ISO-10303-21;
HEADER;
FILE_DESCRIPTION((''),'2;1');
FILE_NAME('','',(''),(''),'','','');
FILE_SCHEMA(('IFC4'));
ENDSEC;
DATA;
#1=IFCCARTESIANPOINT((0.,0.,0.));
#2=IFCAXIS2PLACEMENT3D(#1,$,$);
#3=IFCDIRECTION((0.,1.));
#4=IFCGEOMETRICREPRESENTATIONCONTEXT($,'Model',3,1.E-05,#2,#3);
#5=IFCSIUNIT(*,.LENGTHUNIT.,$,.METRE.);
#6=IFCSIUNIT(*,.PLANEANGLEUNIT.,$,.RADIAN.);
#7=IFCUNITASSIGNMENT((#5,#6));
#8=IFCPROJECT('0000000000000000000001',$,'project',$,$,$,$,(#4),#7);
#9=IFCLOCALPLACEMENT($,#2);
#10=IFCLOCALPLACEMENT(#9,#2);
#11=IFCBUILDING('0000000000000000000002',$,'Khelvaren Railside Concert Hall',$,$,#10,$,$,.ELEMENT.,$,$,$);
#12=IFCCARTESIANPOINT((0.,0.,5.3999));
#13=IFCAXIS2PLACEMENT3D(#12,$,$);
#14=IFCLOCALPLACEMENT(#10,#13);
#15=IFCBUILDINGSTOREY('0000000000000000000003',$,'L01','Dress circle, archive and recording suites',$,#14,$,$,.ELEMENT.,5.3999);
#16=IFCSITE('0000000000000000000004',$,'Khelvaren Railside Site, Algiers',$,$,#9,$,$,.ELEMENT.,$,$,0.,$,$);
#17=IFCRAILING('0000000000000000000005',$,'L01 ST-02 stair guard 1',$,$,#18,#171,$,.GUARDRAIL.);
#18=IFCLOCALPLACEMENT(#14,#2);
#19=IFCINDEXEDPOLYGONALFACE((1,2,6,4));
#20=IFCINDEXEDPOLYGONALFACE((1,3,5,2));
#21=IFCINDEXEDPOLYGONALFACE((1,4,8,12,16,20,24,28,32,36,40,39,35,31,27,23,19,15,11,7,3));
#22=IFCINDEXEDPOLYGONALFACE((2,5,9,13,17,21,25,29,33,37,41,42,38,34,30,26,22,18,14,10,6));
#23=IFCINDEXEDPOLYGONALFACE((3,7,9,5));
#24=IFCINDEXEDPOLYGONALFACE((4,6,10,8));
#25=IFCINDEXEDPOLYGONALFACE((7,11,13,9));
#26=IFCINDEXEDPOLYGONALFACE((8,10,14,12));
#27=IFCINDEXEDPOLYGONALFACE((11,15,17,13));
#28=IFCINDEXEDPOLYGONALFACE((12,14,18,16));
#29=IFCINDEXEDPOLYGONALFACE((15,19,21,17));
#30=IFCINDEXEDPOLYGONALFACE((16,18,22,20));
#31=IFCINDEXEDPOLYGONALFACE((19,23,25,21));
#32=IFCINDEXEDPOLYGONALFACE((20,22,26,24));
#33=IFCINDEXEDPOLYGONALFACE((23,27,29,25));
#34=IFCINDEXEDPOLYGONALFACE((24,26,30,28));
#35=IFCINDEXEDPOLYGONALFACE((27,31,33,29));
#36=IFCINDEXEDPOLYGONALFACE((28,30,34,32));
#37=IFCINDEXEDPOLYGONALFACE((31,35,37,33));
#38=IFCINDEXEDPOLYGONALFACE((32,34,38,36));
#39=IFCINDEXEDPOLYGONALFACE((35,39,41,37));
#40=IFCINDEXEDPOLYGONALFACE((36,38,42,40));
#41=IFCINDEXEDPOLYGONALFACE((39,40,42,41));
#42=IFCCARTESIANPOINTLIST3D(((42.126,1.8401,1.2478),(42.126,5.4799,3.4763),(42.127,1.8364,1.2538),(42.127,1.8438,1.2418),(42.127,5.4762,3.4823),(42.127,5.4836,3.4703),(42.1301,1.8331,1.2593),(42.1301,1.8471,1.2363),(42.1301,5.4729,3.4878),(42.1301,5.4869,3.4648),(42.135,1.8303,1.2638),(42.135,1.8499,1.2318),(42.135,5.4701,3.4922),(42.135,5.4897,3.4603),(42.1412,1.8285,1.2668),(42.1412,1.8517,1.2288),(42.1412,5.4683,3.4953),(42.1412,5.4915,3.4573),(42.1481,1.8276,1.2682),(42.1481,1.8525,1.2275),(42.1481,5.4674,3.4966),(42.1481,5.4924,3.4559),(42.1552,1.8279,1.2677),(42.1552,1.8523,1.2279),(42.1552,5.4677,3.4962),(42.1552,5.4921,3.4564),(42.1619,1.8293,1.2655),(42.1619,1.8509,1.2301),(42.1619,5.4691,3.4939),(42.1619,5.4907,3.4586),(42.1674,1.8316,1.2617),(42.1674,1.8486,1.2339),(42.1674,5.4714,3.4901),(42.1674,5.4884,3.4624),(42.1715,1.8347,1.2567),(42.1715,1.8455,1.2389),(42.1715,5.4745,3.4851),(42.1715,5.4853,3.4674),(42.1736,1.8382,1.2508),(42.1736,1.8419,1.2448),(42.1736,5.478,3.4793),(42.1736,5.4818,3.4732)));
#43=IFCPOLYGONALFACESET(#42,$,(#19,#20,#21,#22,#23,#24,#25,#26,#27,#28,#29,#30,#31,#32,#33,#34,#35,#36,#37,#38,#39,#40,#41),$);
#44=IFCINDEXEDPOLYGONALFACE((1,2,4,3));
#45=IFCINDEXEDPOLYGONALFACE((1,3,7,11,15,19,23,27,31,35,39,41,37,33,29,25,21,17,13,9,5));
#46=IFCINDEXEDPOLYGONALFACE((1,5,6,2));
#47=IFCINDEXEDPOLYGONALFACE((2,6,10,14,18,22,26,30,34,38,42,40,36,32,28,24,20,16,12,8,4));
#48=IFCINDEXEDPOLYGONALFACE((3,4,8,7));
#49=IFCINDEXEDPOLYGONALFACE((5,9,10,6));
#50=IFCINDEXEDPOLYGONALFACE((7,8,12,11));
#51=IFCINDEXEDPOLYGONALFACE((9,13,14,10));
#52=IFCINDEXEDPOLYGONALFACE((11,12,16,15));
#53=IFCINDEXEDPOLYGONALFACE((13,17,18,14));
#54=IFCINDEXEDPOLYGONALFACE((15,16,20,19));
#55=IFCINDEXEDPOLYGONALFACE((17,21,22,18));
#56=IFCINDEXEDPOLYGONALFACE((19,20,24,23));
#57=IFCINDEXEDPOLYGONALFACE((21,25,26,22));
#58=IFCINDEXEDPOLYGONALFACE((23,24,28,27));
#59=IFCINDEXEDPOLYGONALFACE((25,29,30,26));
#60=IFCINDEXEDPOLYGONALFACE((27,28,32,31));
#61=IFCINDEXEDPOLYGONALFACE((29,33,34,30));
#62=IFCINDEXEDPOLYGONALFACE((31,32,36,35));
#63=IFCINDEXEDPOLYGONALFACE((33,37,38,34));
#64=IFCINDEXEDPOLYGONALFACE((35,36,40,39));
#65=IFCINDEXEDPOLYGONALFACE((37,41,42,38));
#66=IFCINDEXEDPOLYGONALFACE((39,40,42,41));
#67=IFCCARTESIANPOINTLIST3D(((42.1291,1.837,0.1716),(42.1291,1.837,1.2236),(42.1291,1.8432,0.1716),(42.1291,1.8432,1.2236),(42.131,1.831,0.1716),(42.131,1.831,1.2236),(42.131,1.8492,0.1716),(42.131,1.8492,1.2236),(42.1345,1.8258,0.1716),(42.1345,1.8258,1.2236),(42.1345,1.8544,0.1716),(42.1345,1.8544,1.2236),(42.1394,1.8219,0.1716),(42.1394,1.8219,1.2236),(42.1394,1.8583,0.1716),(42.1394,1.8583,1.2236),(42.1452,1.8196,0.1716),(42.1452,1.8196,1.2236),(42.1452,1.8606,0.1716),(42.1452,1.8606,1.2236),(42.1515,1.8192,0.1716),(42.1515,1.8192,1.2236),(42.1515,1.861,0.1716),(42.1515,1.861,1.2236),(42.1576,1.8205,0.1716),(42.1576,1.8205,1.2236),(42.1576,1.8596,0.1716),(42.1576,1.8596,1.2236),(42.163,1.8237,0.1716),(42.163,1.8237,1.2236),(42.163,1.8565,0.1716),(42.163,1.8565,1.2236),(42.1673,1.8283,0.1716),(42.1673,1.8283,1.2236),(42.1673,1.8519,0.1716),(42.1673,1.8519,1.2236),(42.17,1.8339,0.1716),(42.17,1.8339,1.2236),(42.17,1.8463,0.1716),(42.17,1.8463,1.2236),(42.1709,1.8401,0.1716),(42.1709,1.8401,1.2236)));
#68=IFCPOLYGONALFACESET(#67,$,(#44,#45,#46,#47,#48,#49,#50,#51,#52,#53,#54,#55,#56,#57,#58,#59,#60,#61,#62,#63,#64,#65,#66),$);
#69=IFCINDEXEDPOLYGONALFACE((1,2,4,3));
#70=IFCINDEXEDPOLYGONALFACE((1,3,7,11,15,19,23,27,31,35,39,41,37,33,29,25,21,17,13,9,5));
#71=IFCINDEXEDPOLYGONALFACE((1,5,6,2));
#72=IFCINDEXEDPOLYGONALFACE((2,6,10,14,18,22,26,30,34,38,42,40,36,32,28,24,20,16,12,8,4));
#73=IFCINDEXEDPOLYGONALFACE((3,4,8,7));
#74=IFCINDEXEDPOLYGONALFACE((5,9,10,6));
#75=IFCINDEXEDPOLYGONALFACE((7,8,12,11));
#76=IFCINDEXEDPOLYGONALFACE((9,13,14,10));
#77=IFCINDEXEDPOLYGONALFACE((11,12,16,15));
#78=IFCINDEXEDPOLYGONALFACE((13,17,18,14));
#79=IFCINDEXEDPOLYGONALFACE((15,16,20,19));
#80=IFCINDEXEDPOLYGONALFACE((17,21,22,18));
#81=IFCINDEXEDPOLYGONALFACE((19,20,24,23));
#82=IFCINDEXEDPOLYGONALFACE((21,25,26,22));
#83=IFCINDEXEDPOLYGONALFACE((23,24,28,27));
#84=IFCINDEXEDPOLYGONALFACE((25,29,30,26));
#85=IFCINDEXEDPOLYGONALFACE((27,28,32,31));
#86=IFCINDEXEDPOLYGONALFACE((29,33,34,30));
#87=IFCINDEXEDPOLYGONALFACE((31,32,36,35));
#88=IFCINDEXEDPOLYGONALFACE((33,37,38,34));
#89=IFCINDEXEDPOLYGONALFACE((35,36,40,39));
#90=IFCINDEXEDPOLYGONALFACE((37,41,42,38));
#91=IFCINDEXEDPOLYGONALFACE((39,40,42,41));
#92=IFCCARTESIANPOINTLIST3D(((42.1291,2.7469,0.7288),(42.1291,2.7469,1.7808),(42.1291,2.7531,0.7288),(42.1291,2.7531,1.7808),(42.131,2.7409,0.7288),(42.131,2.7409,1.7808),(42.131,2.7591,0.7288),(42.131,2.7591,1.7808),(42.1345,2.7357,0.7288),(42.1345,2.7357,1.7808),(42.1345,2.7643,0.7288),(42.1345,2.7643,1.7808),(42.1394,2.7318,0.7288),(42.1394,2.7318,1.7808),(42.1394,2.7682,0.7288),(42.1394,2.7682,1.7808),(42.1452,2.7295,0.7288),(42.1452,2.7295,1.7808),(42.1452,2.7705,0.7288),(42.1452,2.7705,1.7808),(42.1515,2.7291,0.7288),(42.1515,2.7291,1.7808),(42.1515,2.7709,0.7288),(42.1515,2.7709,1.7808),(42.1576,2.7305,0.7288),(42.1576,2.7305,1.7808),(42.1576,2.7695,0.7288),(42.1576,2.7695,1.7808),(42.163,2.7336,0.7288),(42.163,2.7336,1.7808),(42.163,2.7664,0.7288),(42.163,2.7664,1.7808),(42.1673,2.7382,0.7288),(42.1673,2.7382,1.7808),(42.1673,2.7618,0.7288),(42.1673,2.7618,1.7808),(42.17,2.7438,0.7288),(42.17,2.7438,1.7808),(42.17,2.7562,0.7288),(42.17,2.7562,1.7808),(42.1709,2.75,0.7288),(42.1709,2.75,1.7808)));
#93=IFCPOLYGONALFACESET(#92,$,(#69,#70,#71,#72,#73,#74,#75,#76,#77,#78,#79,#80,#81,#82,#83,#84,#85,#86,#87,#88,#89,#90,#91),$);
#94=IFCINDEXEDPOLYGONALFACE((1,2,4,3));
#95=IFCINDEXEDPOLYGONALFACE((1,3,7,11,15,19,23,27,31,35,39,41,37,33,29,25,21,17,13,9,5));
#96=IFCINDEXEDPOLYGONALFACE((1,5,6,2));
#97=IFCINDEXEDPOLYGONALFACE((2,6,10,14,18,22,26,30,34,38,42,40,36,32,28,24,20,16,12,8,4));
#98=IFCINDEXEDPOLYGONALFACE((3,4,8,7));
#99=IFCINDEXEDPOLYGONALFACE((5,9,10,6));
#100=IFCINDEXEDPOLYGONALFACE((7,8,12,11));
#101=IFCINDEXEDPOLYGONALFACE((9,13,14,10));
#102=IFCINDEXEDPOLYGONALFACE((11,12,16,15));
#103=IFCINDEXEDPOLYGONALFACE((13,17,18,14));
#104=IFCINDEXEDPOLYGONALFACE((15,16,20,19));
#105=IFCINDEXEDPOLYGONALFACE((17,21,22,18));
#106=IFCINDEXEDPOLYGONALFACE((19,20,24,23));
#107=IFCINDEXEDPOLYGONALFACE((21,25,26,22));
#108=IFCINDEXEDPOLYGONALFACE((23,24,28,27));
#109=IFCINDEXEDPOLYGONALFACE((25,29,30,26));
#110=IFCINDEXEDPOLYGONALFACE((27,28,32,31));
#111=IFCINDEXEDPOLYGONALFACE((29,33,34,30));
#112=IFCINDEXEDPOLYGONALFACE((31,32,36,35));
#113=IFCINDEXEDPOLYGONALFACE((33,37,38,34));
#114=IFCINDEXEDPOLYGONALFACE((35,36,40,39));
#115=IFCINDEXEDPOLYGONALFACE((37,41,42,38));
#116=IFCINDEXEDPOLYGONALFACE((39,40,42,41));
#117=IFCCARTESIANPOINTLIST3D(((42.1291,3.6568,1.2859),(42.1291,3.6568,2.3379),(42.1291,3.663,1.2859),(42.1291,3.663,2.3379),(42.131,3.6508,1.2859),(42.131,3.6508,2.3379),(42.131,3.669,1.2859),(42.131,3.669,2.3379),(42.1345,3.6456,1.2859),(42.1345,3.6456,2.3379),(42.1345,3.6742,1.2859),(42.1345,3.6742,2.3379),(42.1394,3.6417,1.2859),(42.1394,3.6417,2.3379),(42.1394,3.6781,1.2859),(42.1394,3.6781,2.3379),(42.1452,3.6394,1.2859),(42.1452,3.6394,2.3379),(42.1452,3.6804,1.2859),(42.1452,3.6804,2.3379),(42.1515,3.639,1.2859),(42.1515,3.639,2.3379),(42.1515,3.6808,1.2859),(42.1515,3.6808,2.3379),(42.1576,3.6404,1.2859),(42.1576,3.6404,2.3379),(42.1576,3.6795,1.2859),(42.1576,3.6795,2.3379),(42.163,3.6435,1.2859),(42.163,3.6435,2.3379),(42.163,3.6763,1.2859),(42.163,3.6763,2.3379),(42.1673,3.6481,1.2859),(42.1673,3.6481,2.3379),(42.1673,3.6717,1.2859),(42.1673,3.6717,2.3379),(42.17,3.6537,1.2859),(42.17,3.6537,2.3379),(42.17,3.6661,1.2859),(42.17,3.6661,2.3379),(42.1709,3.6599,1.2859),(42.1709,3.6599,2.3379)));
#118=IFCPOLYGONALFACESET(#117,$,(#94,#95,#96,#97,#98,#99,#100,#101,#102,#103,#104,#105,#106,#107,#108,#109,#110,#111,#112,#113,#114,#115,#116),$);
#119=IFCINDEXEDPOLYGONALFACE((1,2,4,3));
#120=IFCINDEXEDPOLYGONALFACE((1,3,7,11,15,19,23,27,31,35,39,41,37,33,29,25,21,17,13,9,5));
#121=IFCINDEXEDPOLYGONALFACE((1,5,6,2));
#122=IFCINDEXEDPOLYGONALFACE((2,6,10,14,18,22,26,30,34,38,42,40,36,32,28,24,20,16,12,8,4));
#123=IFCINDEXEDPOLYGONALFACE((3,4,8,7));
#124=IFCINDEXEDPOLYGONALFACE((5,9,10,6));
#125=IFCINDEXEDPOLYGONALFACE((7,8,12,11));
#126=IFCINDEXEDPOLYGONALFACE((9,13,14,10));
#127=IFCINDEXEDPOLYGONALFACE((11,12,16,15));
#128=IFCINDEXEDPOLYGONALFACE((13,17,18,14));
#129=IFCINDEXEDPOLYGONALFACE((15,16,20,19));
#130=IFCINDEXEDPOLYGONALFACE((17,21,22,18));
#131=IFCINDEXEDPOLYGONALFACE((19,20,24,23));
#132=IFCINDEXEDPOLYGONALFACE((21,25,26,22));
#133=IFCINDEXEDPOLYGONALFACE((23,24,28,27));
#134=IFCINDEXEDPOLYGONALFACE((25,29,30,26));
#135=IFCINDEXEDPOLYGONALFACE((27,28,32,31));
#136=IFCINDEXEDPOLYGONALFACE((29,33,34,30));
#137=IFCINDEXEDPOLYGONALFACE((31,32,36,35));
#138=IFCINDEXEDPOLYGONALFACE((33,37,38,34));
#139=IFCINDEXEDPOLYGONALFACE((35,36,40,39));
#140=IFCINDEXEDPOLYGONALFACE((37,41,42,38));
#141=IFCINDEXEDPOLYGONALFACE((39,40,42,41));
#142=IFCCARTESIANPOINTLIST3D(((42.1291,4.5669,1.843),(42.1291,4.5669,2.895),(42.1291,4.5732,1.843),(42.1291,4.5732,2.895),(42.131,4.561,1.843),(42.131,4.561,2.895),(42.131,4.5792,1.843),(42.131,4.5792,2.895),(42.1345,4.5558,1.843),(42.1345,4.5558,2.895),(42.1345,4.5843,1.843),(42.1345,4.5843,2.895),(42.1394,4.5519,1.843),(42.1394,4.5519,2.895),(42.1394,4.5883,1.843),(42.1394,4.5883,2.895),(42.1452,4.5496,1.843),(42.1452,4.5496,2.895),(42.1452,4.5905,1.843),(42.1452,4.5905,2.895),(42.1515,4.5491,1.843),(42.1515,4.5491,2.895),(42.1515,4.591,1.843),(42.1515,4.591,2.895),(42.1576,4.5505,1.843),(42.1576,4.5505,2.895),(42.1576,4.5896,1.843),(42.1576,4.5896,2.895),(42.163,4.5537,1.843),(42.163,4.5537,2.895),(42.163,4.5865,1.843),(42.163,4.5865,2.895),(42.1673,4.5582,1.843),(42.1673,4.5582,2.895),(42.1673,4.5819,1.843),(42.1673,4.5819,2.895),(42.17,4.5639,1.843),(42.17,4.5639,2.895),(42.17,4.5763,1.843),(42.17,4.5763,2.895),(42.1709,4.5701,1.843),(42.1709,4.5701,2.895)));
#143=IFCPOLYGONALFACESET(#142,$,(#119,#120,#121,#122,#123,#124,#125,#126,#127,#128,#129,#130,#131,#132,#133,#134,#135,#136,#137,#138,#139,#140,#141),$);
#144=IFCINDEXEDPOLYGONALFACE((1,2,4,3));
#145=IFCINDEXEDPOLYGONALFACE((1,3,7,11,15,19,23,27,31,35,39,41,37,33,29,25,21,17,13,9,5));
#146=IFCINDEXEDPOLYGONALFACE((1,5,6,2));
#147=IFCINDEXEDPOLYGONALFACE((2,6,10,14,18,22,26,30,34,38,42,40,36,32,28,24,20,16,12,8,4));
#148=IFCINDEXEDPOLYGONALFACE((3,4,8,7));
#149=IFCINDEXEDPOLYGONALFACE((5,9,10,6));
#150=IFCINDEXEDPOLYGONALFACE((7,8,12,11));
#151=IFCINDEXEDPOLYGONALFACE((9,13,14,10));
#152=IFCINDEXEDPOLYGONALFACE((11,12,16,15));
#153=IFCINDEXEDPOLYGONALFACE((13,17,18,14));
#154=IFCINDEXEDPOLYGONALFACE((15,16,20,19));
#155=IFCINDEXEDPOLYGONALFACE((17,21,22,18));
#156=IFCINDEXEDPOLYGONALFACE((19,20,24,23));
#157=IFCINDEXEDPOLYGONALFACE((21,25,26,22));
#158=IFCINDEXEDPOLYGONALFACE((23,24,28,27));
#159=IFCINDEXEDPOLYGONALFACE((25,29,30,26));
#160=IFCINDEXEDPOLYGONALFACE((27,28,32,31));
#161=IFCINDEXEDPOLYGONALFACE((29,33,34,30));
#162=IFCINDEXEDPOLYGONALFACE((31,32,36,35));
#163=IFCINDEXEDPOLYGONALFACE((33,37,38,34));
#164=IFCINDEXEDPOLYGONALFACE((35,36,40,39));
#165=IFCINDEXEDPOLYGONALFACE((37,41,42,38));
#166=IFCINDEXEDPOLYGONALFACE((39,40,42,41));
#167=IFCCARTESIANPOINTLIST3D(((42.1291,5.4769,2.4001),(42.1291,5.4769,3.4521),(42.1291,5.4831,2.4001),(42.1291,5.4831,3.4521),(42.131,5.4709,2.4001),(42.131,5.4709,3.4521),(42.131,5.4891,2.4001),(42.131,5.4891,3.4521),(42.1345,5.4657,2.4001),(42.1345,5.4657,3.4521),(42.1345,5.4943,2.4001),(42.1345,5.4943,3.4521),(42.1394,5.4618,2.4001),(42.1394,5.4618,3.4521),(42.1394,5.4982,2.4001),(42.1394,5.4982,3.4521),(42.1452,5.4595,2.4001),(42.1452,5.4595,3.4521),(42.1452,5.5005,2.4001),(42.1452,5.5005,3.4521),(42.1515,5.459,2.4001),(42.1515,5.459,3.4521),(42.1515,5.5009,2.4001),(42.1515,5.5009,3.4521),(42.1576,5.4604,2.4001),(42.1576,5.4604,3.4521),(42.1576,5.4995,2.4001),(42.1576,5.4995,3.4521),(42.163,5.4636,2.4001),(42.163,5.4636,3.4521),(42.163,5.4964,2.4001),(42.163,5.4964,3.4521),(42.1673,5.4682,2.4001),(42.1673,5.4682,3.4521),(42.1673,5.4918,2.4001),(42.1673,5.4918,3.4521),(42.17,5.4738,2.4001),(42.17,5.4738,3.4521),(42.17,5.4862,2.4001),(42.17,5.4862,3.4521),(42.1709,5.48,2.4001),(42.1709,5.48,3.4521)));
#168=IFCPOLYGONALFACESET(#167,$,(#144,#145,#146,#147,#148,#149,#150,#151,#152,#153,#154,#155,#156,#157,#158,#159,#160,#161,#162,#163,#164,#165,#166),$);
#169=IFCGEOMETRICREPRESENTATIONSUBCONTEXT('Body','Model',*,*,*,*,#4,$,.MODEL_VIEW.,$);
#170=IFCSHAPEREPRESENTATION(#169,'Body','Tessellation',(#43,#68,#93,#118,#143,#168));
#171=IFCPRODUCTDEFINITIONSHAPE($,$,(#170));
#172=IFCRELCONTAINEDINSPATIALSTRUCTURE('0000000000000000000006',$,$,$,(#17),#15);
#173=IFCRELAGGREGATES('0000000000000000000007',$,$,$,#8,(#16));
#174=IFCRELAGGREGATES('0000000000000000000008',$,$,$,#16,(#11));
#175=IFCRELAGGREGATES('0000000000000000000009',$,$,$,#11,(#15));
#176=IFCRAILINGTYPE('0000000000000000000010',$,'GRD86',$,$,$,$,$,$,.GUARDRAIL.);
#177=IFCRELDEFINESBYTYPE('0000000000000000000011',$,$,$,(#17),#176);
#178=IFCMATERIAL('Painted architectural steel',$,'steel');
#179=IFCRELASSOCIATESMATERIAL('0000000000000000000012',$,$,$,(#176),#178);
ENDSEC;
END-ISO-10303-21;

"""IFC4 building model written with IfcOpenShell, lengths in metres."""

from ifc_helpers import new_model, si_unit, direction, frame, origin, origin_2d, place, context, subcontext, project, spatial, circle, extrude, material, type_object, element, save


model = new_model("IFC4")

# Units and contexts
model_context = context("Model", 3, precision=1e-05, world=origin(), true_north=direction((0.0, 1.0)))
body_context = subcontext(model_context, "Body", "Model", "MODEL_VIEW")
ifc_project = project(units=[si_unit("LENGTHUNIT", "METRE"), si_unit("PLANEANGLEUNIT", "RADIAN")], contexts=[model_context])

# Site, building, storey
site_placement = place(None, origin())
site = spatial("IfcSite", under=ifc_project, at=site_placement, Name="Khelvaren Railside Site, Algiers", CompositionType="ELEMENT", RefElevation=0.0)
building_placement = place(site_placement, origin())
building = spatial("IfcBuilding", under=site, at=building_placement, Name="Khelvaren Railside Concert Hall", CompositionType="ELEMENT")
storey_placement = place(building_placement, frame((0.0, 0.0, 5.3999)))
storey = spatial("IfcBuildingStorey", under=building, at=storey_placement, Name="L01", Description="Dress circle, archive and recording suites", CompositionType="ELEMENT", Elevation=5.3999)

# Railing
ifc_material_1 = material(Name="Painted architectural steel", Category="steel")
railing_type_1 = type_object("IfcRailingType", Name="GRD86", PredefinedType="GUARDRAIL", material=ifc_material_1)
railing_1_placement = place(storey_placement, frame((42.1499, 1.8401, 0.1716)))
element("IfcRailing", 1, at=railing_1_placement, inside=storey, type_object=railing_type_1, Name="L01 ST-02 stair guard 1", PredefinedType="GUARDRAIL", context=body_context, shape_type="SweptSolid", body=[
    extrude(circle(Radius=0.0239, at=origin_2d()), frame((0.0, 0.0, 1.0762), z_axis=(0.0, 0.85285, 0.522156), x_axis=(-1.0, 0.0, 0.0)), (0.0, 0.0, 1.0), 4.2678),
    extrude(circle(Radius=0.021, at=origin_2d()), origin(), (0.0, 0.0, 1.0), 1.052),
    extrude(circle(Radius=0.021, at=origin_2d()), frame((0.0, 0.9099, 0.5571)), (0.0, 0.0, 1.0), 1.052),
    extrude(circle(Radius=0.021, at=origin_2d()), frame((0.0, 1.8198, 1.1143)), (0.0, 0.0, 1.0), 1.052),
    extrude(circle(Radius=0.021, at=origin_2d()), frame((0.0, 2.73, 1.6714)), (0.0, 0.0, 1.0), 1.052),
    extrude(circle(Radius=0.021, at=origin_2d()), frame((0.0, 3.6399, 2.2285)), (0.0, 0.0, 1.0), 1.052),
])

save(model, "model.ifc")
